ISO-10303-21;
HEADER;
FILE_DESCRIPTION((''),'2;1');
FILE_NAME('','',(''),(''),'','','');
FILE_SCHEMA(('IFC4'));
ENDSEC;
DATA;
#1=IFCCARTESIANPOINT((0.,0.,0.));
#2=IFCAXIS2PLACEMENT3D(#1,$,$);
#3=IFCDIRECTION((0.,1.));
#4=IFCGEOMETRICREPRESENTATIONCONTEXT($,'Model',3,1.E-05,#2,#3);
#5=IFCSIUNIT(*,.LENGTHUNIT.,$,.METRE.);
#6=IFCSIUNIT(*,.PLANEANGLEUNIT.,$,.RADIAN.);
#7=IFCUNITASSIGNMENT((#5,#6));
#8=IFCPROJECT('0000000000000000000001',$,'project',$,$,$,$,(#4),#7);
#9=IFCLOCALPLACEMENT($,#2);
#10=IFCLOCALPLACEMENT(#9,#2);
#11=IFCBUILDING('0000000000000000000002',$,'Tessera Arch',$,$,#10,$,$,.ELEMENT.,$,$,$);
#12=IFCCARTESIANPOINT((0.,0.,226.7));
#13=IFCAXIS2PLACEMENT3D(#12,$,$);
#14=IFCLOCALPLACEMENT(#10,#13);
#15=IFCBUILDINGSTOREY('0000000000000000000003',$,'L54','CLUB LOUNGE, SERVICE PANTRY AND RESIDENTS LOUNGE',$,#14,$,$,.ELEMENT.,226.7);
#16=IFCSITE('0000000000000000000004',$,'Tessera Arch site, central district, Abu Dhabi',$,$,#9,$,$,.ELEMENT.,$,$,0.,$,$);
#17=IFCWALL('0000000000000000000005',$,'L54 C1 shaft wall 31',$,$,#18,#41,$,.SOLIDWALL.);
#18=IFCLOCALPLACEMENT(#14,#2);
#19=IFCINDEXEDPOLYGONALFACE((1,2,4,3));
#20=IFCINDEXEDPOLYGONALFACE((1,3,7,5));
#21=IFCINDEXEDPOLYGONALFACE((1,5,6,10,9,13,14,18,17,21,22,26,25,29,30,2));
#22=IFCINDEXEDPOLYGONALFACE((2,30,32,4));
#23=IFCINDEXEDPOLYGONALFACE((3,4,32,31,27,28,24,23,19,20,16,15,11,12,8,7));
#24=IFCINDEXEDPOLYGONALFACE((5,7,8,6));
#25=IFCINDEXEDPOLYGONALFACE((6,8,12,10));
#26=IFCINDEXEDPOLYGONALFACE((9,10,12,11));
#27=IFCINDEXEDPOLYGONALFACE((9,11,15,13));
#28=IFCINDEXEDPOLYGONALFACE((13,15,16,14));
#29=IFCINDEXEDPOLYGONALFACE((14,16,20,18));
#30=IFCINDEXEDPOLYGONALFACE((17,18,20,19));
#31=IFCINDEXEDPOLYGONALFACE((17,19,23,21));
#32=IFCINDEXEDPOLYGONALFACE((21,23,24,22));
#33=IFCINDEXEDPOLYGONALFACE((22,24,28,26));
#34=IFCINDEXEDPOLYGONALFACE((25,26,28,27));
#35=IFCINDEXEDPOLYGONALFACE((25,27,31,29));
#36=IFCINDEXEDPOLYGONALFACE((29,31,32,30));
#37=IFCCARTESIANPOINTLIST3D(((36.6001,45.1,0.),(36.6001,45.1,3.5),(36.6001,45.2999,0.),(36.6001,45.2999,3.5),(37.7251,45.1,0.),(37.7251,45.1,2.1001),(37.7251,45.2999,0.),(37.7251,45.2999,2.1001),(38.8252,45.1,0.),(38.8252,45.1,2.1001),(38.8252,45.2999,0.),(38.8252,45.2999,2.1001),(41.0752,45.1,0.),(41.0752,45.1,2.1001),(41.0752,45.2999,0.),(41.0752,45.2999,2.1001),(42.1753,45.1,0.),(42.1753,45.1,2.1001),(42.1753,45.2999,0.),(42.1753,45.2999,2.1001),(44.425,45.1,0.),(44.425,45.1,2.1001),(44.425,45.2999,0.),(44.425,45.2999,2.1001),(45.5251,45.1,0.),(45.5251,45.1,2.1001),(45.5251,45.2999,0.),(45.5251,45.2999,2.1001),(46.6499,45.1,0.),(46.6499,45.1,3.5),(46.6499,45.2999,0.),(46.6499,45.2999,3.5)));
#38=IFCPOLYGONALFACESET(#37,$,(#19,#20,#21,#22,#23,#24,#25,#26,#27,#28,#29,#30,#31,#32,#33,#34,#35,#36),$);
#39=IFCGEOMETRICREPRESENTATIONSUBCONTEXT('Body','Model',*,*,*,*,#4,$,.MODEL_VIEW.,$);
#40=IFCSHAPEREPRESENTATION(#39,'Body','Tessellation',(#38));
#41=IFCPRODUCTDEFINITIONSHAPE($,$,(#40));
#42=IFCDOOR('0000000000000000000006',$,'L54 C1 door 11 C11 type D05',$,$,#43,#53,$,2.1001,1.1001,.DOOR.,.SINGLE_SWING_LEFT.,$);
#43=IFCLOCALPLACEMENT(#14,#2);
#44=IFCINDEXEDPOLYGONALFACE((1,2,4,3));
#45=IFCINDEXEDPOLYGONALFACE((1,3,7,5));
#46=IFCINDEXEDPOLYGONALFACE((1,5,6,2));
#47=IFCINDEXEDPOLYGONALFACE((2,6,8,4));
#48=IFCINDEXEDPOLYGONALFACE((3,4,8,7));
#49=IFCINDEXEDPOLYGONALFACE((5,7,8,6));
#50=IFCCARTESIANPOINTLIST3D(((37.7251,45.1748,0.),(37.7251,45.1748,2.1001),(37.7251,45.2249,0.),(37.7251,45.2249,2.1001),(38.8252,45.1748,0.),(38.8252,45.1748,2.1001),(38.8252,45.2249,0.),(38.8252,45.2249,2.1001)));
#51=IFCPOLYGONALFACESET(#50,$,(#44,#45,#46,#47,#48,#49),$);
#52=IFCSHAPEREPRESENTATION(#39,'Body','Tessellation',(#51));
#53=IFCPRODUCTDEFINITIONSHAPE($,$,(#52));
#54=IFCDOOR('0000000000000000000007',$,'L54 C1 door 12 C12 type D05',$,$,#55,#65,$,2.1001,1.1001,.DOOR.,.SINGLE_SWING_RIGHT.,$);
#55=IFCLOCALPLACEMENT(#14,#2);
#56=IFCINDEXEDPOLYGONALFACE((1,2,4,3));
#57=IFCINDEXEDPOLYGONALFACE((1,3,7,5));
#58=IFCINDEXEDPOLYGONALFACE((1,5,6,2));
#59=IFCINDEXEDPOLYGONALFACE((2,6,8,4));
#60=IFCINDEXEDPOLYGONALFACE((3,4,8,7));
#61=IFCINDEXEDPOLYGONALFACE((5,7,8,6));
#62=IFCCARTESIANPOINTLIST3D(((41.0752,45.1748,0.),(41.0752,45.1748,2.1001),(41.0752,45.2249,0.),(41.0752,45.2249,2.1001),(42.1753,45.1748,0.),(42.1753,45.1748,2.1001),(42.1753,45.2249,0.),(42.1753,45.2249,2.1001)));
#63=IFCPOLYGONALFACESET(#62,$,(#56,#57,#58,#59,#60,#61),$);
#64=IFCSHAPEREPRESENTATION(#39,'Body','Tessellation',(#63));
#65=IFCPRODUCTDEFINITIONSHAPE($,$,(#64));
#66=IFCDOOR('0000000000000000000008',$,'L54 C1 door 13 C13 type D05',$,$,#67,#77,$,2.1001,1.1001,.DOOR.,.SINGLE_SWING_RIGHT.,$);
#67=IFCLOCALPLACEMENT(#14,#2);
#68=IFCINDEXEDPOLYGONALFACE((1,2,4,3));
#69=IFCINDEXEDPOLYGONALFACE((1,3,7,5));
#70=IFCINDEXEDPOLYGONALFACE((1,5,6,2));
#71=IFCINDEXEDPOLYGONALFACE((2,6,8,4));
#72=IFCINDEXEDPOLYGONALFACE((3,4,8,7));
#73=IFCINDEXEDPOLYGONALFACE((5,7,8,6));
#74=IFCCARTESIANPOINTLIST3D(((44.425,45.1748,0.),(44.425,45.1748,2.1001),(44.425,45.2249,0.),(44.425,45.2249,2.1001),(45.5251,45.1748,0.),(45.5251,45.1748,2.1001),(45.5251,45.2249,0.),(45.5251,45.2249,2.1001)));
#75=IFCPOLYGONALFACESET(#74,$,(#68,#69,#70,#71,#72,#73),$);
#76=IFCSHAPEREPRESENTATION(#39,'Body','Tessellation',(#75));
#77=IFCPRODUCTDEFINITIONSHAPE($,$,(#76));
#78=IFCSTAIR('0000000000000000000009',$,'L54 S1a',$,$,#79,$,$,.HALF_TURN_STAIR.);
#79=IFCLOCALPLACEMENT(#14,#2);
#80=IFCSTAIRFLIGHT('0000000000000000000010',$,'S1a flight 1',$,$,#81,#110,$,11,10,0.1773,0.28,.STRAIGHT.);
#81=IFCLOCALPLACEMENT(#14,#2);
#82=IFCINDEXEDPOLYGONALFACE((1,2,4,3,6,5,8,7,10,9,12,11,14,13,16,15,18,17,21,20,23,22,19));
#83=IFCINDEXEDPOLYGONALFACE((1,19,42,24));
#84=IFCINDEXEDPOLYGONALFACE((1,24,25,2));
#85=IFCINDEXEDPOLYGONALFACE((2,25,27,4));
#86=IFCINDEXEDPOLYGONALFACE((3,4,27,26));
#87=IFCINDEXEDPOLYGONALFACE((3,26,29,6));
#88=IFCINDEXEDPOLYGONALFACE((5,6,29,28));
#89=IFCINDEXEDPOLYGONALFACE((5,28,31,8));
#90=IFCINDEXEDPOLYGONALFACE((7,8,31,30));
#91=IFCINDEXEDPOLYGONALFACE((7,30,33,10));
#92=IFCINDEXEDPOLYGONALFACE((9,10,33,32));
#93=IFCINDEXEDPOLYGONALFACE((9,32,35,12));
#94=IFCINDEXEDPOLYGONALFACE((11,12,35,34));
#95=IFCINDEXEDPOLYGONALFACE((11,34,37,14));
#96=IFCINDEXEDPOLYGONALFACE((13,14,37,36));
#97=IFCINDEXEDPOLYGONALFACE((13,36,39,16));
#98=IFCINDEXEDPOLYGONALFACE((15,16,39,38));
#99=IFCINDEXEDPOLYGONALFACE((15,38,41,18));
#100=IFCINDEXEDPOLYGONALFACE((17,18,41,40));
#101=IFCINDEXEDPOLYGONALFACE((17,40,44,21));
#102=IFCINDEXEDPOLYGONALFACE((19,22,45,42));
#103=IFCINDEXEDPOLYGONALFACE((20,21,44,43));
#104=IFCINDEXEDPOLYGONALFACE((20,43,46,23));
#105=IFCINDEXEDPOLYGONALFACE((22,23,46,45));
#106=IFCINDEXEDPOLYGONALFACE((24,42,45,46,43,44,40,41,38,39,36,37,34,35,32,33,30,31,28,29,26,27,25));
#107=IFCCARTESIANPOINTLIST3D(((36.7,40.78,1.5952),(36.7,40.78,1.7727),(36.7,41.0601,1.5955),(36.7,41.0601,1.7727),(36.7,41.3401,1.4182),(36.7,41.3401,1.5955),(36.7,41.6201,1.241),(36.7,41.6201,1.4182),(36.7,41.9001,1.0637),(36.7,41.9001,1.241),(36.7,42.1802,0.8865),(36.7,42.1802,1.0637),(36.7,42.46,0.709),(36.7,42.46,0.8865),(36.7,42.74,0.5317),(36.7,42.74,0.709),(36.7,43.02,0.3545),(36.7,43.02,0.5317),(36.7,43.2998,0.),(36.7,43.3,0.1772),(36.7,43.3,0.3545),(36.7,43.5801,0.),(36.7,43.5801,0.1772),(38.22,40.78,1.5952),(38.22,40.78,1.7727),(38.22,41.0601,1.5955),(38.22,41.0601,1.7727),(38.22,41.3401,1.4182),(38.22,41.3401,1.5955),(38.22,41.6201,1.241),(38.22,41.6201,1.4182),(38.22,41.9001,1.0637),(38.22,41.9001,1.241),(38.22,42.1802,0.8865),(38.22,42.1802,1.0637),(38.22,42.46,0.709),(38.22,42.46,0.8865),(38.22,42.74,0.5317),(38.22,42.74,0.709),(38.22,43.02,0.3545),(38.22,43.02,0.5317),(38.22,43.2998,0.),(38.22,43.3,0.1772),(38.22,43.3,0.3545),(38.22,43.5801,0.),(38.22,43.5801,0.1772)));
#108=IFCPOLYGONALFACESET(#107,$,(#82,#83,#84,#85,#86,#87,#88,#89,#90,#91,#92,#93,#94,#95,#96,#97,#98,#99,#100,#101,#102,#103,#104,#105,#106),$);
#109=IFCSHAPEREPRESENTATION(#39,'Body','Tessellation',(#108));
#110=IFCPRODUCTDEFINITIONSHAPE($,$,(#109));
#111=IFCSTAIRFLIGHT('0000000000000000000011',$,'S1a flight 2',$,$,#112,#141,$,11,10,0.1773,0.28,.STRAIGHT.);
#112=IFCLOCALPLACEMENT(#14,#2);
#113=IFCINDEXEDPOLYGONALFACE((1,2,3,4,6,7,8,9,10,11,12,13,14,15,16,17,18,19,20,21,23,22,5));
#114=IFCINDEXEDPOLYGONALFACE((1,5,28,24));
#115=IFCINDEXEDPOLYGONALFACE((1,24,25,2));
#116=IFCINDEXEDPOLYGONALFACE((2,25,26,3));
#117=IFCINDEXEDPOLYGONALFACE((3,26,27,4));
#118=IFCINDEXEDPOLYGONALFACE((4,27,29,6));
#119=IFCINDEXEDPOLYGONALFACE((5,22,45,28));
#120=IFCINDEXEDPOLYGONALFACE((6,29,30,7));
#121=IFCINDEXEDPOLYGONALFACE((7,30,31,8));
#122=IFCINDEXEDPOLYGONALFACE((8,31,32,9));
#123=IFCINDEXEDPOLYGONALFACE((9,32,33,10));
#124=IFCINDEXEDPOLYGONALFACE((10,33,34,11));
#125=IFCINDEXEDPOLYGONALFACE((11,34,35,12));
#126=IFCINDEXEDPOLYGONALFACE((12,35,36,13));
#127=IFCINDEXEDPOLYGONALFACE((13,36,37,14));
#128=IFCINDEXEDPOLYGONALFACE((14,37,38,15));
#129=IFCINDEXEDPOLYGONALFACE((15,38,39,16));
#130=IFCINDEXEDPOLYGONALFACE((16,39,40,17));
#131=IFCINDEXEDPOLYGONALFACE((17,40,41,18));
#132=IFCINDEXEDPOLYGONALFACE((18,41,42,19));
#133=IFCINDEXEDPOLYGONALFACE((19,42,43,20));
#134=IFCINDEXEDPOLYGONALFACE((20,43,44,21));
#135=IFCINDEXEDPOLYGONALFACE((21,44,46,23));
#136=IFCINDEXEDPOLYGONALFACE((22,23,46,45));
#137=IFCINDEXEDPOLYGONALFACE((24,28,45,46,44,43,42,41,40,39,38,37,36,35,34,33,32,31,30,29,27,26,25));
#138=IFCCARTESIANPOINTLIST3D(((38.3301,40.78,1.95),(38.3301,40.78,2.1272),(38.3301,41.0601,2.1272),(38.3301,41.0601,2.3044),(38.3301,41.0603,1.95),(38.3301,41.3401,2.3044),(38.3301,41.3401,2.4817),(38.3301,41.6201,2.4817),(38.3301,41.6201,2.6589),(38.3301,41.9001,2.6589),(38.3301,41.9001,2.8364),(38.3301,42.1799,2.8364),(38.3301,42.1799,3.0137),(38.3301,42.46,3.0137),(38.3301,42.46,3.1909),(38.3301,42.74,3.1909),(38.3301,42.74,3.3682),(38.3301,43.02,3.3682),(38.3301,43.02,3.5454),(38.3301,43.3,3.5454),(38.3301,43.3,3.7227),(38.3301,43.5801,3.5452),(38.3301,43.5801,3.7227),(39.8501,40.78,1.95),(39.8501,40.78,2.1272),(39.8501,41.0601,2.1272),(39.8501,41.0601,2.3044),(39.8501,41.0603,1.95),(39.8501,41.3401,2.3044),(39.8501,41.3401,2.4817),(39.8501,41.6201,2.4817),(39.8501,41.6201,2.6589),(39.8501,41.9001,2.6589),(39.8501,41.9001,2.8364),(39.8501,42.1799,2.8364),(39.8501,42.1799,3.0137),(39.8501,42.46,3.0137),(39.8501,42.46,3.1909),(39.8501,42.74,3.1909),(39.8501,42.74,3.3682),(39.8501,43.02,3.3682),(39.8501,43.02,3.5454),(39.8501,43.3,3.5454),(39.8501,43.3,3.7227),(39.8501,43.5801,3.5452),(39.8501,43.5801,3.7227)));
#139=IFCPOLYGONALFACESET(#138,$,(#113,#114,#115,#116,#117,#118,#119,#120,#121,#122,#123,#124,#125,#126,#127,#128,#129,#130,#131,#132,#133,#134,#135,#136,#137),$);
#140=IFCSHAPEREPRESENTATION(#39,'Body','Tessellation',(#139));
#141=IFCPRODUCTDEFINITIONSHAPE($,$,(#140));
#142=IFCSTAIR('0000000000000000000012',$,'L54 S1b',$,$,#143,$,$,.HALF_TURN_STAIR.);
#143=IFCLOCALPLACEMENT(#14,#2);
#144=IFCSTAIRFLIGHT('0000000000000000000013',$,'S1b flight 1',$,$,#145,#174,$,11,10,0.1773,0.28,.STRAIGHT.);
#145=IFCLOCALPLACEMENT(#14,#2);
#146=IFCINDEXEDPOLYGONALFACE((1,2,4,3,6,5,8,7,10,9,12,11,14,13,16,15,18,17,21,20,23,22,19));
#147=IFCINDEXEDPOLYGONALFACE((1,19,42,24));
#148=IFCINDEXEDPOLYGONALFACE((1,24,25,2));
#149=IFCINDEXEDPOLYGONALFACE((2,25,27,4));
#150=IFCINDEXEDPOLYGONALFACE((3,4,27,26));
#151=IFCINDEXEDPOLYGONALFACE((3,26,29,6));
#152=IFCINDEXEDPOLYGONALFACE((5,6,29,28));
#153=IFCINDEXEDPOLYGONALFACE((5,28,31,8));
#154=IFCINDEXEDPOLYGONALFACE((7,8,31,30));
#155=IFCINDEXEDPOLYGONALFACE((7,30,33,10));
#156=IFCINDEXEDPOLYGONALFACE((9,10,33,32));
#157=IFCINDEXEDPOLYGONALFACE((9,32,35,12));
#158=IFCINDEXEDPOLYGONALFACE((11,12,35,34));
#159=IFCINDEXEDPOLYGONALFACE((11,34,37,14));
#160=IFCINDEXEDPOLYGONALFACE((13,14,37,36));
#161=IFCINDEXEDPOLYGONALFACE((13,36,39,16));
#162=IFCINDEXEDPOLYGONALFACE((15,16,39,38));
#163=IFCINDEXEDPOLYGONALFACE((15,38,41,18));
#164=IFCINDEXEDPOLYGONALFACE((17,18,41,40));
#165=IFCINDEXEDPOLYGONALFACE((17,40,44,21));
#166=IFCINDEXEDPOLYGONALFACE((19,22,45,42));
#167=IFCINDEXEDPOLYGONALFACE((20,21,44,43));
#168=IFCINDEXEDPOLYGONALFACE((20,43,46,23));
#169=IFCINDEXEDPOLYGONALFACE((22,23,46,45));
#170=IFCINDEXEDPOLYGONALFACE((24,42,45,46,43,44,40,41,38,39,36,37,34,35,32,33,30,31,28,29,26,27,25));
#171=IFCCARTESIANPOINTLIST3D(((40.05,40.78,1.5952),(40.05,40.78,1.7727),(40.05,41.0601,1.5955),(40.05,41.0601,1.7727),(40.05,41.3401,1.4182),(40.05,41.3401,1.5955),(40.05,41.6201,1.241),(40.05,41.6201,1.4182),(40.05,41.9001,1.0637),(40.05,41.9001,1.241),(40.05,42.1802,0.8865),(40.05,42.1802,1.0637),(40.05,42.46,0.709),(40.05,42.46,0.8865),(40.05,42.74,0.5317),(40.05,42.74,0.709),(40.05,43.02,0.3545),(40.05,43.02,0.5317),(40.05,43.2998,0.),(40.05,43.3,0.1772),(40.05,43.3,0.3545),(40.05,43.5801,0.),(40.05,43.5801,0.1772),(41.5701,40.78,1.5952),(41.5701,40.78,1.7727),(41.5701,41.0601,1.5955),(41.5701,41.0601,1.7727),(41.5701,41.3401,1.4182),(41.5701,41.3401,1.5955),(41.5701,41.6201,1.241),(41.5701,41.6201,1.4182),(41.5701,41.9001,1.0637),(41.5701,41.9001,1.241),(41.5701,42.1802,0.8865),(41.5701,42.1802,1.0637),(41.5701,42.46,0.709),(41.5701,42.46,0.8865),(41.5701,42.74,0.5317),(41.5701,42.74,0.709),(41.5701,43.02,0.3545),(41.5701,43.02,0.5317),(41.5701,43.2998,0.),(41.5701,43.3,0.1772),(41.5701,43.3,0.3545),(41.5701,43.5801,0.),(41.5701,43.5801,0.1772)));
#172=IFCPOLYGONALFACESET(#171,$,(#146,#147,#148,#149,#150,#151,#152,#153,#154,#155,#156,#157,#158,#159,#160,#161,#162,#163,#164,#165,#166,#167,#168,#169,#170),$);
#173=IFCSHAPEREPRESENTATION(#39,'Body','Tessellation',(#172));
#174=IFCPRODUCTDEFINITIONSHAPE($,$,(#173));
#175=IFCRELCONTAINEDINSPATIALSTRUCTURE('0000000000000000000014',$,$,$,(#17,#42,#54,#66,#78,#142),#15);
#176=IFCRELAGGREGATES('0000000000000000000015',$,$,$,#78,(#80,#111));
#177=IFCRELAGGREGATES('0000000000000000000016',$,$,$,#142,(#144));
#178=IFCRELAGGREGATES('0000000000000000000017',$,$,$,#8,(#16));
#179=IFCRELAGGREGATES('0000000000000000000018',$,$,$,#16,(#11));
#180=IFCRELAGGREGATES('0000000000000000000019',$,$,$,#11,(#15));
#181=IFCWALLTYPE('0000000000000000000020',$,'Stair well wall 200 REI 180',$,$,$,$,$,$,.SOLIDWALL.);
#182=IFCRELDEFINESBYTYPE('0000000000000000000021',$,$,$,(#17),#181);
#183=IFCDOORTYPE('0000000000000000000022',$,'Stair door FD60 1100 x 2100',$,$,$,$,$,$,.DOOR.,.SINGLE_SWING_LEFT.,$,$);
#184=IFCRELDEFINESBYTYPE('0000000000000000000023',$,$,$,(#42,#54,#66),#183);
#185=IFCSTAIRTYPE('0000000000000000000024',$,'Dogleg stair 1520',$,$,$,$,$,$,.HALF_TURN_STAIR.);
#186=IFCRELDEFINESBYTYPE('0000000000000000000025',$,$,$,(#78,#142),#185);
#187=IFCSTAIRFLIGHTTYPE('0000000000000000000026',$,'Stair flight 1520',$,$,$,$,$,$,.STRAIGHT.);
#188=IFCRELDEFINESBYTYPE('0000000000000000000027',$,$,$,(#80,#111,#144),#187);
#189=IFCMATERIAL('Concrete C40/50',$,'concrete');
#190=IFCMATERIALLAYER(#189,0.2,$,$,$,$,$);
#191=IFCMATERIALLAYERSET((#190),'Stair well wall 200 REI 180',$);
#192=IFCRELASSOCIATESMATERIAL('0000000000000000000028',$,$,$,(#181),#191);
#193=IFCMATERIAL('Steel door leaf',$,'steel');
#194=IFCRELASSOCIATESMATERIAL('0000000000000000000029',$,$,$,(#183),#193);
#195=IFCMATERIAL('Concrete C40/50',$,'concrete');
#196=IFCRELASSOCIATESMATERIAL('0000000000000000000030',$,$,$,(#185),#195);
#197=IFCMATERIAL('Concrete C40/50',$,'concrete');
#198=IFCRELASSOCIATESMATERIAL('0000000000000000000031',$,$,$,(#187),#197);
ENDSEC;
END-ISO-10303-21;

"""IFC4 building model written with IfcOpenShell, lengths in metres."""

from ifc_helpers import new_model, si_unit, direction, frame, frame_2d, origin, place, context, subcontext, project, spatial, polyline, rectangle, outline, extrude, material, layer, layer_set, type_object, element, fill, aggregate, save


model = new_model("IFC4")

# Units and contexts
model_context = context("Model", 3, precision=1e-05, world=origin(), true_north=direction((0.0, 1.0)))
body_context = subcontext(model_context, "Body", "Model", "MODEL_VIEW")
ifc_project = project(units=[si_unit("LENGTHUNIT", "METRE"), si_unit("PLANEANGLEUNIT", "RADIAN")], contexts=[model_context])

# Site, building, storey
site_placement = place(None, origin())
site = spatial("IfcSite", under=ifc_project, at=site_placement, Name="Tessera Arch site, central district, Abu Dhabi", CompositionType="ELEMENT", RefElevation=0.0)
building_placement = place(site_placement, origin())
building = spatial("IfcBuilding", under=site, at=building_placement, Name="Tessera Arch", CompositionType="ELEMENT")
storey_placement = place(building_placement, frame((0.0, 0.0, 226.7)))
storey = spatial("IfcBuildingStorey", under=building, at=storey_placement, Name="L54", Description="CLUB LOUNGE, SERVICE PANTRY AND RESIDENTS LOUNGE", CompositionType="ELEMENT", Elevation=226.7)

# Shared definitions
ifc_material_1 = material(Name="Concrete C40/50", Category="concrete")
ifc_layer_1 = layer(ifc_material_1, 0.2)
ifc_layer_set_1 = layer_set([ifc_layer_1], Name="Stair well wall 200 REI 180")
wall_type_1 = type_object("IfcWallType", Name="Stair well wall 200 REI 180", PredefinedType="SOLIDWALL", material=ifc_layer_set_1)

# Wall, openings, doors
wall_1_placement = place(storey_placement, frame((36.6001, 45.2, 0.0), z_axis=(0.0, 0.0, 1.0), x_axis=(1.0, 0.0, 0.0)))
wall_1 = element("IfcWall", 1, at=wall_1_placement, inside=storey, type_object=wall_type_1, Name="L54 C1 shaft wall 31", PredefinedType="SOLIDWALL", context=body_context, shape_type="SweptSolid", body=[
    extrude(rectangle(XDim=10.0498, YDim=0.2, at=frame_2d((5.0249, 0.0))), origin(), (0.0, 0.0, 1.0), 3.5),
])
opening_1_placement = place(wall_1_placement, frame((1.125, 0.0, 0.0)))
opening_1 = element("IfcOpeningElement", 2, at=opening_1_placement, cuts=wall_1, PredefinedType="OPENING", context=body_context, shape_type="SweptSolid", body=[
    extrude(rectangle(XDim=1.1001, YDim=2.1001, at=frame_2d((0.55, 1.05))), frame((0.0, 0.1099, 0.0), z_axis=(0.0, -1.0, 0.0), x_axis=(1.0, 0.0, 0.0)), (0.0, 0.0, 1.0), 0.22),
])
opening_2_placement = place(wall_1_placement, frame((4.4751, 0.0, 0.0)))
opening_2 = element("IfcOpeningElement", 3, at=opening_2_placement, cuts=wall_1, PredefinedType="OPENING", context=body_context, shape_type="SweptSolid", body=[
    extrude(rectangle(XDim=1.1001, YDim=2.1001, at=frame_2d((0.55, 1.05))), frame((0.0, 0.1099, 0.0), z_axis=(0.0, -1.0, 0.0), x_axis=(1.0, 0.0, 0.0)), (0.0, 0.0, 1.0), 0.22),
])
opening_3_placement = place(wall_1_placement, frame((7.825, 0.0, 0.0)))
opening_3 = element("IfcOpeningElement", 4, at=opening_3_placement, cuts=wall_1, PredefinedType="OPENING", context=body_context, shape_type="SweptSolid", body=[
    extrude(rectangle(XDim=1.1001, YDim=2.1001, at=frame_2d((0.55, 1.05))), frame((0.0, 0.1099, 0.0), z_axis=(0.0, -1.0, 0.0), x_axis=(1.0, 0.0, 0.0)), (0.0, 0.0, 1.0), 0.22),
])
ifc_material_2 = material(Name="Steel door leaf", Category="steel")
door_type_1 = type_object("IfcDoorType", Name="Stair door FD60 1100 x 2100", OperationType="SINGLE_SWING_LEFT", PredefinedType="DOOR", material=ifc_material_2)
door_1_placement = place(opening_1_placement, origin())
door_1 = element("IfcDoor", 5, at=door_1_placement, inside=storey, type_object=door_type_1, Name="L54 C1 door 11 C11 type D05", OperationType="SINGLE_SWING_LEFT", OverallHeight=2.1001, OverallWidth=1.1001, PredefinedType="DOOR", context=body_context, shape_type="SweptSolid", body=[
    extrude(rectangle(XDim=1.1001, YDim=2.1001, at=frame_2d((0.55, 1.05))), frame((0.0, 0.0249, 0.0), z_axis=(0.0, -1.0, 0.0), x_axis=(1.0, 0.0, 0.0)), (0.0, 0.0, 1.0), 0.05),
])
fill(opening_1, door_1)
door_2_placement = place(opening_2_placement, origin())
door_2 = element("IfcDoor", 6, at=door_2_placement, inside=storey, type_object=door_type_1, Name="L54 C1 door 12 C12 type D05", OperationType="SINGLE_SWING_RIGHT", OverallHeight=2.1001, OverallWidth=1.1001, PredefinedType="DOOR", context=body_context, shape_type="SweptSolid", body=[
    extrude(rectangle(XDim=1.1001, YDim=2.1001, at=frame_2d((0.55, 1.05))), frame((0.0, 0.0249, 0.0), z_axis=(0.0, -1.0, 0.0), x_axis=(1.0, 0.0, 0.0)), (0.0, 0.0, 1.0), 0.05),
])
fill(opening_2, door_2)
door_3_placement = place(opening_3_placement, origin())
door_3 = element("IfcDoor", 7, at=door_3_placement, inside=storey, type_object=door_type_1, Name="L54 C1 door 13 C13 type D05", OperationType="SINGLE_SWING_RIGHT", OverallHeight=2.1001, OverallWidth=1.1001, PredefinedType="DOOR", context=body_context, shape_type="SweptSolid", body=[
    extrude(rectangle(XDim=1.1001, YDim=2.1001, at=frame_2d((0.55, 1.05))), frame((0.0, 0.0249, 0.0), z_axis=(0.0, -1.0, 0.0), x_axis=(1.0, 0.0, 0.0)), (0.0, 0.0, 1.0), 0.05),
])
fill(opening_3, door_3)

# Stairs, stair flights
ifc_material_3 = material(Name="Concrete C40/50", Category="concrete")
stair_type = type_object("IfcStairType", Name="Dogleg stair 1520", PredefinedType="HALF_TURN_STAIR", material=ifc_material_3)
stair_1_placement = place(storey_placement, origin())
stair_1 = element("IfcStair", 8, at=stair_1_placement, inside=storey, type_object=stair_type, Name="L54 S1a", PredefinedType="HALF_TURN_STAIR")
ifc_material_4 = material(Name="Concrete C40/50", Category="concrete")
stair_flight_type = type_object("IfcStairFlightType", Name="Stair flight 1520", PredefinedType="STRAIGHT", material=ifc_material_4)
stair_flight_1_placement = place(storey_placement, frame((37.46, 43.5801, 0.0), z_axis=(0.0, 0.0, 1.0), x_axis=(0.0, -1.0, 0.0)))
stair_flight_1 = element("IfcStairFlight", 9, at=stair_flight_1_placement, type_object=stair_flight_type, Name="S1a flight 1", NumberOfRisers=11, NumberOfTreads=10, PredefinedType="STRAIGHT", RiserHeight=0.1773, TreadLength=0.28, context=body_context, shape_type="SweptSolid", body=[
    extrude(outline(polyline([(0.0, 0.0), (0.0, 0.1772), (0.28, 0.1772), (0.28, 0.3545), (0.5601, 0.3545), (0.5601, 0.5317), (0.8401, 0.5317), (0.8401, 0.709), (1.1201, 0.709), (1.1201, 0.8865), (1.3999, 0.8865), (1.3999, 1.0637), (1.6799, 1.0637), (1.6799, 1.241), (1.96, 1.241), (1.96, 1.4182), (2.24, 1.4182), (2.24, 1.5955), (2.52, 1.5955), (2.52, 1.7727), (2.8, 1.7727), (2.8, 1.95), (2.8, 1.5952), (0.2803, 0.0), (0.0, 0.0)])), frame((0.0, 0.76, 0.0), z_axis=(0.0, -1.0, 0.0), x_axis=(1.0, 0.0, 0.0)), (0.0, 0.0, 1.0), 1.52),
])
stair_flight_2_placement = place(storey_placement, frame((39.0901, 40.78, 1.95), z_axis=(0.0, 0.0, 1.0), x_axis=(0.0, 1.0, 0.0)))
stair_flight_2 = element("IfcStairFlight", 10, at=stair_flight_2_placement, type_object=stair_flight_type, Name="S1a flight 2", NumberOfRisers=11, NumberOfTreads=10, PredefinedType="STRAIGHT", RiserHeight=0.1773, TreadLength=0.28, context=body_context, shape_type="SweptSolid", body=[
    extrude(outline(polyline([(0.0, 0.0), (0.0, 0.1772), (0.28, 0.1772), (0.28, 0.3545), (0.5601, 0.3545), (0.5601, 0.5317), (0.8401, 0.5317), (0.8401, 0.709), (1.1201, 0.709), (1.1201, 0.8865), (1.3999, 0.8865), (1.3999, 1.0637), (1.6799, 1.0637), (1.6799, 1.241), (1.96, 1.241), (1.96, 1.4182), (2.24, 1.4182), (2.24, 1.5955), (2.52, 1.5955), (2.52, 1.7727), (2.8, 1.7727), (2.8, 1.95), (2.8, 1.5952), (0.2803, 0.0), (0.0, 0.0)])), frame((0.0, 0.76, 0.0), z_axis=(0.0, -1.0, 0.0), x_axis=(1.0, 0.0, 0.0)), (0.0, 0.0, 1.0), 1.52),
])
aggregate(stair_1, [stair_flight_1, stair_flight_2])
stair_2_placement = place(storey_placement, origin())
stair_2 = element("IfcStair", 11, at=stair_2_placement, inside=storey, type_object=stair_type, Name="L54 S1b", PredefinedType="HALF_TURN_STAIR")
stair_flight_3_placement = place(storey_placement, frame((40.8101, 43.5801, 0.0), z_axis=(0.0, 0.0, 1.0), x_axis=(0.0, -1.0, 0.0)))
stair_flight_3 = element("IfcStairFlight", 12, at=stair_flight_3_placement, type_object=stair_flight_type, Name="S1b flight 1", NumberOfRisers=11, NumberOfTreads=10, PredefinedType="STRAIGHT", RiserHeight=0.1773, TreadLength=0.28, context=body_context, shape_type="SweptSolid", body=[
    extrude(outline(polyline([(0.0, 0.0), (0.0, 0.1772), (0.28, 0.1772), (0.28, 0.3545), (0.5601, 0.3545), (0.5601, 0.5317), (0.8401, 0.5317), (0.8401, 0.709), (1.1201, 0.709), (1.1201, 0.8865), (1.3999, 0.8865), (1.3999, 1.0637), (1.6799, 1.0637), (1.6799, 1.241), (1.96, 1.241), (1.96, 1.4182), (2.24, 1.4182), (2.24, 1.5955), (2.52, 1.5955), (2.52, 1.7727), (2.8, 1.7727), (2.8, 1.95), (2.8, 1.5952), (0.2803, 0.0), (0.0, 0.0)])), frame((0.0, 0.76, 0.0), z_axis=(0.0, -1.0, 0.0), x_axis=(1.0, 0.0, 0.0)), (0.0, 0.0, 1.0), 1.52),
])
aggregate(stair_2, [stair_flight_3])

save(model, "model.ifc")
